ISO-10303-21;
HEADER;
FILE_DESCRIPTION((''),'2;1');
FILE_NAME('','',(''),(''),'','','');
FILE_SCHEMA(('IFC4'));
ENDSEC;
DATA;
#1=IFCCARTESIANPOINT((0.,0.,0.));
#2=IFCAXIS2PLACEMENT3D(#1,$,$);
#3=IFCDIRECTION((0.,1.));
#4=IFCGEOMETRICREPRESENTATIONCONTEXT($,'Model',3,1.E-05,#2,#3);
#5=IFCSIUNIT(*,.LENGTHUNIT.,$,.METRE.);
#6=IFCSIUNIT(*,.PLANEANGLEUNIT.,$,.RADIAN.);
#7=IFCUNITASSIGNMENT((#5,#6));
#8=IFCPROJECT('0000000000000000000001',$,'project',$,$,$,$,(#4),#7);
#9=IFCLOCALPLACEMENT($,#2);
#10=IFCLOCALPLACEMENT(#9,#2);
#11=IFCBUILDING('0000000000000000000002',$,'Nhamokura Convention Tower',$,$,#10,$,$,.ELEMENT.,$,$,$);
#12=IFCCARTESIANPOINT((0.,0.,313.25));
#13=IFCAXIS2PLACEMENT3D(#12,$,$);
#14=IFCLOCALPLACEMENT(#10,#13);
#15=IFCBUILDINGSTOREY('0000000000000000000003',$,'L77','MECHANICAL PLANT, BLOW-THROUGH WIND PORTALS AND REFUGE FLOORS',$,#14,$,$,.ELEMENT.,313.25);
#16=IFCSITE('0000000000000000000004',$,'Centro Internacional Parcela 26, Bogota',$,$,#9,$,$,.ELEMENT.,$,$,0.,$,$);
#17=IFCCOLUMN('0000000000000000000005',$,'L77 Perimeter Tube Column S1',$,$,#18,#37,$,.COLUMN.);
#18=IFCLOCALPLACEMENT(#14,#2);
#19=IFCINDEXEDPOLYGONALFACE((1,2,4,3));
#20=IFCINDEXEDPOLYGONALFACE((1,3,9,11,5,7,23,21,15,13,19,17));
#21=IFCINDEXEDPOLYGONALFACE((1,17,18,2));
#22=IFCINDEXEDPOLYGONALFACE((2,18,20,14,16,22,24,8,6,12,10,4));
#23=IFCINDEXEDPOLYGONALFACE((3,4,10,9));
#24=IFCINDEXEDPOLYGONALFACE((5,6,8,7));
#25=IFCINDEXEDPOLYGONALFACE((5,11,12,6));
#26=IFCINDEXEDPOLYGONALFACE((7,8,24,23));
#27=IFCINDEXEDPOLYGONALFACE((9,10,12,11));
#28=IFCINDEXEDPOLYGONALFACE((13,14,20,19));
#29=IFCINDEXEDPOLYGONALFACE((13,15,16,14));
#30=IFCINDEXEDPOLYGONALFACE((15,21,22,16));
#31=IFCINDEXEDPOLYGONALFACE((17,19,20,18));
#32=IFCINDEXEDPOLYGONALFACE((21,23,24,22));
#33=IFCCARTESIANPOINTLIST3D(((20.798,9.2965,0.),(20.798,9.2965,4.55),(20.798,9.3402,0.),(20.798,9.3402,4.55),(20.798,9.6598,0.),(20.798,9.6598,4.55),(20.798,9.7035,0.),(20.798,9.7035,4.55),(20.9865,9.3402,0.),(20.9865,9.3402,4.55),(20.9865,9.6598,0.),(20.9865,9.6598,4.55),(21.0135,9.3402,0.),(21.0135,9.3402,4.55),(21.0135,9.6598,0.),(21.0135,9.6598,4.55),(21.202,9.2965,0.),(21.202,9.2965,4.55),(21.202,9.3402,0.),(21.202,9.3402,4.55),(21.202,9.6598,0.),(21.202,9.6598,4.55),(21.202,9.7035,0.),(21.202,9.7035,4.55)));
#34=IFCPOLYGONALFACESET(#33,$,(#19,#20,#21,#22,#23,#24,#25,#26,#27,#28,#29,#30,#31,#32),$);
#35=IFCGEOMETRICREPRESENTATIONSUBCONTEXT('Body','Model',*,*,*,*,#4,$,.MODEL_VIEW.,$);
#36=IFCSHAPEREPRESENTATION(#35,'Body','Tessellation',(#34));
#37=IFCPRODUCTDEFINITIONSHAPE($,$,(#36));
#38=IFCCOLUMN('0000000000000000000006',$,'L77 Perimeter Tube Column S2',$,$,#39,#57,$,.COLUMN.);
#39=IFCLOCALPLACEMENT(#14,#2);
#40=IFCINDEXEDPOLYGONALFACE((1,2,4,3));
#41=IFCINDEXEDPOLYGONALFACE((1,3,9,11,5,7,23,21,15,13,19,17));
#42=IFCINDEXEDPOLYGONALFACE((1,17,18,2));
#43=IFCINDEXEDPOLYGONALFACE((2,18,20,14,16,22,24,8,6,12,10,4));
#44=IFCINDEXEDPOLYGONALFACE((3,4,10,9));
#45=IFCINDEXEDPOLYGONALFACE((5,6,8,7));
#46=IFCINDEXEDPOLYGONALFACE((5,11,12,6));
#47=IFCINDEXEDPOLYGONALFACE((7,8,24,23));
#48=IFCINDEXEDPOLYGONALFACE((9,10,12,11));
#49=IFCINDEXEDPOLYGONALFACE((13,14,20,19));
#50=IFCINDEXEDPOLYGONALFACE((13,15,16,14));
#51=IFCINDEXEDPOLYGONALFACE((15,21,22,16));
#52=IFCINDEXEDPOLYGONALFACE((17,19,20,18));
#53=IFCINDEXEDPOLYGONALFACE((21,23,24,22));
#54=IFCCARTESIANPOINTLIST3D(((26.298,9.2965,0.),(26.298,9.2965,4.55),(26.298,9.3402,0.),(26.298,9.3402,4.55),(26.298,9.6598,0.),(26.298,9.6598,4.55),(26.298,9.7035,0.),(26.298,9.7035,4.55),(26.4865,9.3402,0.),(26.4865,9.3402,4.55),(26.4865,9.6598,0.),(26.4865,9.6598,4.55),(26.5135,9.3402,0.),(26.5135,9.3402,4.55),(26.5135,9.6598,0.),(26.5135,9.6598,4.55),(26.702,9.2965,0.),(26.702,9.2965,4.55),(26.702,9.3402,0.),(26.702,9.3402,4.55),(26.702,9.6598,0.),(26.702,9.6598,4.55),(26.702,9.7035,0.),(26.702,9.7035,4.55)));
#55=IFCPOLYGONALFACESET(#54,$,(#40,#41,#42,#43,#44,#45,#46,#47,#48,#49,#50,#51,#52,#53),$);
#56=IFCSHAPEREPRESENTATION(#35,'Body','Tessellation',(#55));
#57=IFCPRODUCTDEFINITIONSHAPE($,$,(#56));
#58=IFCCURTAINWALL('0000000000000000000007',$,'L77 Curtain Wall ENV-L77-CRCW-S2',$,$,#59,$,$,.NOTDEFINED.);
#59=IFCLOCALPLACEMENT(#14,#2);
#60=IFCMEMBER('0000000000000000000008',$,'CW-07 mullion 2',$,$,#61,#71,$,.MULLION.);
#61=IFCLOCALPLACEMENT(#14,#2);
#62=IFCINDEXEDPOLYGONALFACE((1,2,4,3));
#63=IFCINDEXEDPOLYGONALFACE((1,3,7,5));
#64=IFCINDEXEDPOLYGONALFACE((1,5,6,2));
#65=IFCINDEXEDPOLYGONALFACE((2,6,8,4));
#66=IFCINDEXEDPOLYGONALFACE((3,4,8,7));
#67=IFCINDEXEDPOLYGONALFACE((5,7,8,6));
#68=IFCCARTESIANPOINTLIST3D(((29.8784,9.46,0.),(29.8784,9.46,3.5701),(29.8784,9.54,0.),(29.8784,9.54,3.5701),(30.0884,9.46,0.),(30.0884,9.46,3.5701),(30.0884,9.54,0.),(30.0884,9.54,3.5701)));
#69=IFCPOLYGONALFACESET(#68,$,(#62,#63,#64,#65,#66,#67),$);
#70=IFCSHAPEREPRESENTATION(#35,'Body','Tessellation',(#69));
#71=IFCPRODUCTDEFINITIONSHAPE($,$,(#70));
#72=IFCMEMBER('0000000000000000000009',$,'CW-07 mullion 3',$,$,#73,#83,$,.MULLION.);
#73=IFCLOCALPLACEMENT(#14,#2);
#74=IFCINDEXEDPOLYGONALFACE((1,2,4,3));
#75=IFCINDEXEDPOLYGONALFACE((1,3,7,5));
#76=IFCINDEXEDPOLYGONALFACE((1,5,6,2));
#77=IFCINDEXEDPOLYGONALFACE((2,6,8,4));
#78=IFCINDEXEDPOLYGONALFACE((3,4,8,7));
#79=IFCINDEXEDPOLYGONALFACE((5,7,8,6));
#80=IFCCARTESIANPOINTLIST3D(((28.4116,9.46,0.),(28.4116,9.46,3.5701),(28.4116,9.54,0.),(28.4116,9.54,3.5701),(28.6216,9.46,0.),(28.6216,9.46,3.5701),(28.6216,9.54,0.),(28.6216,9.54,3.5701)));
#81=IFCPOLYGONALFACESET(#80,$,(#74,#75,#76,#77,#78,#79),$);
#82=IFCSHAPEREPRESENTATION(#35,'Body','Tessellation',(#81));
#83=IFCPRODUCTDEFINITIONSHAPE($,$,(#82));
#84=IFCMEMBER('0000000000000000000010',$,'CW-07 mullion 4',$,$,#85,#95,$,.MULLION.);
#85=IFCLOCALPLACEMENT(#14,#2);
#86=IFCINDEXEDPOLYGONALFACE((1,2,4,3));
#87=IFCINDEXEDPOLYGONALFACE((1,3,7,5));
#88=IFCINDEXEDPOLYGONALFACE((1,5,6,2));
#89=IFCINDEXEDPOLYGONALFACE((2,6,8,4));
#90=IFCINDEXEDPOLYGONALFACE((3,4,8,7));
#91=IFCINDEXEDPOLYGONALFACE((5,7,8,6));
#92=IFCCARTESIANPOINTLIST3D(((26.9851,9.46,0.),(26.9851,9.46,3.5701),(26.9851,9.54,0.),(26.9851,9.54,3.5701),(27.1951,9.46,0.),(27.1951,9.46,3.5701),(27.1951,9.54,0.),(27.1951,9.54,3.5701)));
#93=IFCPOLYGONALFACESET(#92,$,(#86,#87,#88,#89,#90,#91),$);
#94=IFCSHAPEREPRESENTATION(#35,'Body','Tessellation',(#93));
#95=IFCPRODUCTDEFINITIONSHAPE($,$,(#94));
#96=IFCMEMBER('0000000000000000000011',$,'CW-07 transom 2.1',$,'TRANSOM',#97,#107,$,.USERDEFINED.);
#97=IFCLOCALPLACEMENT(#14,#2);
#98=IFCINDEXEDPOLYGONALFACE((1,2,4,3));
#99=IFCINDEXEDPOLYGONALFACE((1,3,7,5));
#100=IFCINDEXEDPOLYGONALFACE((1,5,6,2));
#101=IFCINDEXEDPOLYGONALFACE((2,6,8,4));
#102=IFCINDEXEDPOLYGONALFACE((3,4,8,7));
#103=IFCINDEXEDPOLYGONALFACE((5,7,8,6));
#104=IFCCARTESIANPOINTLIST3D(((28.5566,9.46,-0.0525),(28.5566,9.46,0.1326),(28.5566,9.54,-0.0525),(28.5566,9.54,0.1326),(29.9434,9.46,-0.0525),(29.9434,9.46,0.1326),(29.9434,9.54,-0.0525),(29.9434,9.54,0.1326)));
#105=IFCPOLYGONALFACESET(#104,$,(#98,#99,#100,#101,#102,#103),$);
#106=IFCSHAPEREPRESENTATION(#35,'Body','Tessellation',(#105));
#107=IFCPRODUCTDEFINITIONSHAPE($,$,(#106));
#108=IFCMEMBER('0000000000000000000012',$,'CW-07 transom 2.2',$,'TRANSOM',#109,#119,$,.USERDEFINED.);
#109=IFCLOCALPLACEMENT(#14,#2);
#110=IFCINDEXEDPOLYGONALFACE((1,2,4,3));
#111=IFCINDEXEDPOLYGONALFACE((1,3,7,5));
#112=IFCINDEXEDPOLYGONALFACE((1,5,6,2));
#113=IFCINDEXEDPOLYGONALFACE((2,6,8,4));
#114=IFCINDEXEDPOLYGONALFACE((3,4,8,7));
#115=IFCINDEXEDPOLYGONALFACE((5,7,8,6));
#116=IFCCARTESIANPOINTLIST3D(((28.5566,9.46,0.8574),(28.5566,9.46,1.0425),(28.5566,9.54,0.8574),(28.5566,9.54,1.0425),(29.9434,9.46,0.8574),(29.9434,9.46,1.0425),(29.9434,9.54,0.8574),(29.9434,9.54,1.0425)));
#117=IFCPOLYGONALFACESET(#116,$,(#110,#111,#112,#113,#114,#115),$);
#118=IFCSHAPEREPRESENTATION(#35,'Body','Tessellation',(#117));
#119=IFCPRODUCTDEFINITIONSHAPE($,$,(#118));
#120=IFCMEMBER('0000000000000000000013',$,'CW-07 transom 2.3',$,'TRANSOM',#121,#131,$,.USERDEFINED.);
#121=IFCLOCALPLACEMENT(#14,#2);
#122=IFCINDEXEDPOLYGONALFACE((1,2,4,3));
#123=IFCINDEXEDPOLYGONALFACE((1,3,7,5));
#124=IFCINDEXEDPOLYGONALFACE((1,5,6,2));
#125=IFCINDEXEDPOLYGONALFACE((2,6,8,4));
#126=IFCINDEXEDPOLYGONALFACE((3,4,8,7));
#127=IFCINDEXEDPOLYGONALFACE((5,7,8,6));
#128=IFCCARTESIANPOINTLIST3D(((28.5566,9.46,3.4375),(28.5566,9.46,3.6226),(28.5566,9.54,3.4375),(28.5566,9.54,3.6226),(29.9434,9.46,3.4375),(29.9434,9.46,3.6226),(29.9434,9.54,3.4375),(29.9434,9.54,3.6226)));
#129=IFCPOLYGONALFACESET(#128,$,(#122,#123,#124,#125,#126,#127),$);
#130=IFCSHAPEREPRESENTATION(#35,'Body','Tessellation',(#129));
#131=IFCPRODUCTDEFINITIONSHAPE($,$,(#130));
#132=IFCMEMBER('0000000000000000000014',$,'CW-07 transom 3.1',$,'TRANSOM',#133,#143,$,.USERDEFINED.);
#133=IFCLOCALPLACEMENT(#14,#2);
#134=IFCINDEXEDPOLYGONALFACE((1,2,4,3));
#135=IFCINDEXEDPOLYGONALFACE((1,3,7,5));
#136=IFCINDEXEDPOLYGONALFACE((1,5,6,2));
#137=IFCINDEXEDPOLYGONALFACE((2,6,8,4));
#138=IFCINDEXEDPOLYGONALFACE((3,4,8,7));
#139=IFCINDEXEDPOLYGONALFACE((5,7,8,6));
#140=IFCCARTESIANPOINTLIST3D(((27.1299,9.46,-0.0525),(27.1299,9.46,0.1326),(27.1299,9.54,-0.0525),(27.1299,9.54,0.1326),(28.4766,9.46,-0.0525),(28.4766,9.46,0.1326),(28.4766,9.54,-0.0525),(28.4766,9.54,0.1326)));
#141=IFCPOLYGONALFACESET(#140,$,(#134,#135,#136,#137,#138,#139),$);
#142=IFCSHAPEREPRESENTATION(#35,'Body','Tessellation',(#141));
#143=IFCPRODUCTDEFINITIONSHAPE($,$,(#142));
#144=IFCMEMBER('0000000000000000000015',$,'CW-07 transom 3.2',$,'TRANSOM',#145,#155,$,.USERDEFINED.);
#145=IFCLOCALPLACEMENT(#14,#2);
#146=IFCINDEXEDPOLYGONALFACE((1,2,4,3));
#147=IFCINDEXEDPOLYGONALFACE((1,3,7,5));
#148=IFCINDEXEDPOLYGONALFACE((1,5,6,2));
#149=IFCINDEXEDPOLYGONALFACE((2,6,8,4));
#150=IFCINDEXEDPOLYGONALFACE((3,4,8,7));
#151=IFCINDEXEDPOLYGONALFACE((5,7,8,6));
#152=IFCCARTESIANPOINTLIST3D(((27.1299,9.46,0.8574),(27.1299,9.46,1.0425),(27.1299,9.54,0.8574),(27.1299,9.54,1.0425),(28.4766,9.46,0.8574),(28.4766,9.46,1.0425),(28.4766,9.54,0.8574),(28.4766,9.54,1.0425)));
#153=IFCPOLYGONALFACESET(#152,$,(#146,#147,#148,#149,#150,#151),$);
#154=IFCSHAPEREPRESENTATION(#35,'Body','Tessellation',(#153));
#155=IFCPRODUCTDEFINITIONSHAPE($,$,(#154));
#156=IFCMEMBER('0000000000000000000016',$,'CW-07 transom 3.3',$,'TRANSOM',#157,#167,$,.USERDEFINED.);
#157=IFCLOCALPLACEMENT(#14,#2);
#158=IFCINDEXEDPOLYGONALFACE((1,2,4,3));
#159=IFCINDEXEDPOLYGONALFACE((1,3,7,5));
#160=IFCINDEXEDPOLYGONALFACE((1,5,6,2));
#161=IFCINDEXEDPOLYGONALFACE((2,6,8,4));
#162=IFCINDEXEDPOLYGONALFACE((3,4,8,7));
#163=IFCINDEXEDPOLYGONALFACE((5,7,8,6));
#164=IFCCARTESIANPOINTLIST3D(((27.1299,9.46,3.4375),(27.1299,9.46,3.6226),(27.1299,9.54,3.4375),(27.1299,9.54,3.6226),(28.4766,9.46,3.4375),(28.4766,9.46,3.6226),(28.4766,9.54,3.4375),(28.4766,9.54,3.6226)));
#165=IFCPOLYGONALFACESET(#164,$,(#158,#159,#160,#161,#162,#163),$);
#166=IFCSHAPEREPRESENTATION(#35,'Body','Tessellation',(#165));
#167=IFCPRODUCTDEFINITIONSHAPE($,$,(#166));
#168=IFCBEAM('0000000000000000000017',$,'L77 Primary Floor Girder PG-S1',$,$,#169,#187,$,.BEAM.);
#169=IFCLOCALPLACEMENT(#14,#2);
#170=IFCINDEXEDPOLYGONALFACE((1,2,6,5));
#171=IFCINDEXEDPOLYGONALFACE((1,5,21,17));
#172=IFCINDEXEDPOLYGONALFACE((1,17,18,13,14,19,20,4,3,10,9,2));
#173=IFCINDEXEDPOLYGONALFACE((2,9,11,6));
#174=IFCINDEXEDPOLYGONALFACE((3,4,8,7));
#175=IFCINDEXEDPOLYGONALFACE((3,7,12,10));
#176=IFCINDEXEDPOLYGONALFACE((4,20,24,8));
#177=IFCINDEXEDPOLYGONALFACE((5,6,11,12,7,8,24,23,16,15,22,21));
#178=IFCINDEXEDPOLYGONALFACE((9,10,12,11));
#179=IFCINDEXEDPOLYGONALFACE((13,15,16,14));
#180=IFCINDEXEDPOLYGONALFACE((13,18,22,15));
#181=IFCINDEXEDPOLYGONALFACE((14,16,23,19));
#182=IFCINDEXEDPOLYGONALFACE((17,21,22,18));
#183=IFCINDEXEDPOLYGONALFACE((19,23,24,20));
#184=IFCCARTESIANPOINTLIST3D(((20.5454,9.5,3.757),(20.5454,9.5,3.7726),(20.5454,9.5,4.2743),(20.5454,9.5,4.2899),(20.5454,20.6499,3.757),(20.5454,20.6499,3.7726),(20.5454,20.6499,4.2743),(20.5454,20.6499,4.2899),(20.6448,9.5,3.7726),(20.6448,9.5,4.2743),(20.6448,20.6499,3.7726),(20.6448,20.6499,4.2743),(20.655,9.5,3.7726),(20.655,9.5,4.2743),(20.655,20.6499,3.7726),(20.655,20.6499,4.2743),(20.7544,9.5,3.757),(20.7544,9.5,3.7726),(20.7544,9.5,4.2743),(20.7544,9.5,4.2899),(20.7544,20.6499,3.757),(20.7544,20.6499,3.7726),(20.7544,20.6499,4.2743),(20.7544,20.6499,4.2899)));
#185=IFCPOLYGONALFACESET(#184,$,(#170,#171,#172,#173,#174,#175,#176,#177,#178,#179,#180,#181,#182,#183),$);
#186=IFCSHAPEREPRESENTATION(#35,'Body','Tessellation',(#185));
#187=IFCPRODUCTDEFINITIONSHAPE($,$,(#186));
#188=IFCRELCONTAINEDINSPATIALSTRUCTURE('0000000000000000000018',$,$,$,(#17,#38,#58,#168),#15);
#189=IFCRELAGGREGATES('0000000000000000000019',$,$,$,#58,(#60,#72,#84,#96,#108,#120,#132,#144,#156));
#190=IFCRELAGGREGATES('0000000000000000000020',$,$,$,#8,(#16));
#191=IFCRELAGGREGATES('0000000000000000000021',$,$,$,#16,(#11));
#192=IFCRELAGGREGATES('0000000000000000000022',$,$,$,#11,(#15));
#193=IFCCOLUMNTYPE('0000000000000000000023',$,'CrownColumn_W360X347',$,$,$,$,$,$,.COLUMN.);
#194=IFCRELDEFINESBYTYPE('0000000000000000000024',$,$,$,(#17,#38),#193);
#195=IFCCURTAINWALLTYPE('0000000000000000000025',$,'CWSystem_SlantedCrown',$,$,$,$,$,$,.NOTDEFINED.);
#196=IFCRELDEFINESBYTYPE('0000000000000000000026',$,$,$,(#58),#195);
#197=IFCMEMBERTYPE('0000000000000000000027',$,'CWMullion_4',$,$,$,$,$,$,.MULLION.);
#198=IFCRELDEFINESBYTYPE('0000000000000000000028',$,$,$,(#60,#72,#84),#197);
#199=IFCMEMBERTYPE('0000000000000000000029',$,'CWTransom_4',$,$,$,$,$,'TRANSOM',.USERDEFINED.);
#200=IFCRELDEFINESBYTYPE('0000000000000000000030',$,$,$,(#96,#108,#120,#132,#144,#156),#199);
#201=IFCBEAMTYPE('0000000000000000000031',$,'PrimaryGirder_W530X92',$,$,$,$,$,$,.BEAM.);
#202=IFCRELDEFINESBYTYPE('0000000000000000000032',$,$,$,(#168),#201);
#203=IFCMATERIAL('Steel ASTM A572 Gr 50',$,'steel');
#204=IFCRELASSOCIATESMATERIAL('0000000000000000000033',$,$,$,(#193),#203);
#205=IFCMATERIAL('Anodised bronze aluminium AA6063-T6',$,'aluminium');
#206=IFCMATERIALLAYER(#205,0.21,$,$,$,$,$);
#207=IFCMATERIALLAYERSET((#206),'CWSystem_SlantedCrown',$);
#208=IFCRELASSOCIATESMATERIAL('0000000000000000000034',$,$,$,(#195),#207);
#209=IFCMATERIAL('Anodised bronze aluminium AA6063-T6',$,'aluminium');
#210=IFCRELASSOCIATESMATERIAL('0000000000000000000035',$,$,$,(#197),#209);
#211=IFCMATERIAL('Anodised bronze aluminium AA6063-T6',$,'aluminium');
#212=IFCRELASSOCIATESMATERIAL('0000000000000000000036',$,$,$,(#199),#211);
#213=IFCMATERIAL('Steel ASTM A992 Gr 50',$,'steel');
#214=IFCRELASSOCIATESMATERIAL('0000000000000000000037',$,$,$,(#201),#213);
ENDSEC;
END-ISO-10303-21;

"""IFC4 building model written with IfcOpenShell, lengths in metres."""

from ifc_helpers import new_model, si_unit, direction, frame, origin, origin_2d, place, context, subcontext, project, spatial, rectangle, i_section, extrude, material, layer, layer_set, material_profile, profile_set, type_object, element, aggregate, save


model = new_model("IFC4")

# Units and contexts
model_context = context("Model", 3, precision=1e-05, world=origin(), true_north=direction((0.0, 1.0)))
body_context = subcontext(model_context, "Body", "Model", "MODEL_VIEW")
ifc_project = project(units=[si_unit("LENGTHUNIT", "METRE"), si_unit("PLANEANGLEUNIT", "RADIAN")], contexts=[model_context])

# Site, building, storey
site_placement = place(None, origin())
site = spatial("IfcSite", under=ifc_project, at=site_placement, Name="Centro Internacional Parcela 26, Bogota", CompositionType="ELEMENT", RefElevation=0.0)
building_placement = place(site_placement, origin())
building = spatial("IfcBuilding", under=site, at=building_placement, Name="Nhamokura Convention Tower", CompositionType="ELEMENT")
storey_placement = place(building_placement, frame((0.0, 0.0, 313.25)))
storey = spatial("IfcBuildingStorey", under=building, at=storey_placement, Name="L77", Description="MECHANICAL PLANT, BLOW-THROUGH WIND PORTALS AND REFUGE FLOORS", CompositionType="ELEMENT", Elevation=313.25)

# Columns
ifc_material_1 = material(Name="Steel ASTM A572 Gr 50", Category="steel")
ifc_material_profile_1 = material_profile(ifc_material_1, i_section(OverallWidth=0.4041, OverallDepth=0.407, WebThickness=0.0271, FlangeThickness=0.0437, at=origin_2d()))
ifc_profile_set_1 = profile_set([ifc_material_profile_1], Name="Steel ASTM A572 Gr 50")
column_type = type_object("IfcColumnType", Name="CrownColumn_W360X347", PredefinedType="COLUMN", material=ifc_profile_set_1)
for number, where, z_axis, x_axis, name in (
    (1, (21.0, 9.5, 0.0), (0.0, 0.0, 1.0), (1.0, 0.0, 0.0), "L77 Perimeter Tube Column S1"),
    (2, (26.5, 9.5, 0.0), (0.0, 0.0, 1.0), (1.0, 0.0, 0.0), "L77 Perimeter Tube Column S2"),
):
    element("IfcColumn", number, at=place(storey_placement, frame(where, z_axis=z_axis, x_axis=x_axis)), inside=storey, type_object=column_type, Name=name, PredefinedType="COLUMN", context=body_context, shape_type="SweptSolid", body=[
        extrude(i_section(OverallWidth=0.4041, OverallDepth=0.407, WebThickness=0.0271, FlangeThickness=0.0437, at=origin_2d()), origin(), (0.0, 0.0, 1.0), 4.55),
    ])

# Curtain wall, members
ifc_material_2 = material(Name="Anodised bronze aluminium AA6063-T6", Category="aluminium")
ifc_layer_1 = layer(ifc_material_2, 0.21)
ifc_layer_set_1 = layer_set([ifc_layer_1], Name="CWSystem_SlantedCrown")
curtain_wall_type = type_object("IfcCurtainWallType", Name="CWSystem_SlantedCrown", PredefinedType="NOTDEFINED", material=ifc_layer_set_1)
curtain_wall_placement = place(storey_placement, origin())
curtain_wall = element("IfcCurtainWall", 3, at=curtain_wall_placement, inside=storey, type_object=curtain_wall_type, Name="L77 Curtain Wall ENV-L77-CRCW-S2", PredefinedType="NOTDEFINED")
ifc_material_3 = material(Name="Anodised bronze aluminium AA6063-T6", Category="aluminium")
ifc_material_profile_2 = material_profile(ifc_material_3, rectangle(XDim=0.0801, YDim=0.21, at=origin_2d()))
ifc_profile_set_2 = profile_set([ifc_material_profile_2], Name="Anodised bronze aluminium AA6063-T6")
member_type_1 = type_object("IfcMemberType", Name="CWMullion_4", PredefinedType="MULLION", material=ifc_profile_set_2)
member_1_placement = place(storey_placement, frame((29.9834, 9.5, 0.0), z_axis=(0.0, 0.0, 1.0), x_axis=(0.0, -1.0, 0.0)))
member_1 = element("IfcMember", 4, at=member_1_placement, type_object=member_type_1, Name="CW-07 mullion 2", PredefinedType="MULLION", context=body_context, shape_type="SweptSolid", body=[
    extrude(rectangle(XDim=0.0801, YDim=0.21, at=origin_2d()), origin(), (0.0, 0.0, 1.0), 3.5701),
])
member_2_placement = place(storey_placement, frame((28.5166, 9.5, 0.0), z_axis=(0.0, 0.0, 1.0), x_axis=(0.0, -1.0, 0.0)))
member_2 = element("IfcMember", 5, at=member_2_placement, type_object=member_type_1, Name="CW-07 mullion 3", PredefinedType="MULLION", context=body_context, shape_type="SweptSolid", body=[
    extrude(rectangle(XDim=0.0801, YDim=0.21, at=origin_2d()), origin(), (0.0, 0.0, 1.0), 3.5701),
])
member_3_placement = place(storey_placement, frame((27.0901, 9.5, 0.0), z_axis=(0.0, 0.0, 1.0), x_axis=(0.0, -1.0, 0.0)))
member_3 = element("IfcMember", 6, at=member_3_placement, type_object=member_type_1, Name="CW-07 mullion 4", PredefinedType="MULLION", context=body_context, shape_type="SweptSolid", body=[
    extrude(rectangle(XDim=0.0801, YDim=0.21, at=origin_2d()), origin(), (0.0, 0.0, 1.0), 3.5701),
])
ifc_material_4 = material(Name="Anodised bronze aluminium AA6063-T6", Category="aluminium")
ifc_material_profile_3 = material_profile(ifc_material_4, rectangle(XDim=0.0801, YDim=0.1851, at=origin_2d()))
ifc_profile_set_3 = profile_set([ifc_material_profile_3], Name="Anodised bronze aluminium AA6063-T6")
member_type_2 = type_object("IfcMemberType", Name="CWTransom_4", ElementType="TRANSOM", PredefinedType="USERDEFINED", material=ifc_profile_set_3)
member_4_placement = place(storey_placement, frame((29.9434, 9.5, 0.04), z_axis=(-1.0, 0.0, 0.0), x_axis=(0.0, -1.0, 0.0)))
member_4 = element("IfcMember", 7, at=member_4_placement, type_object=member_type_2, Name="CW-07 transom 2.1", ObjectType="TRANSOM", PredefinedType="USERDEFINED", context=body_context, shape_type="SweptSolid", body=[
    extrude(rectangle(XDim=0.0801, YDim=0.1851, at=origin_2d()), origin(), (0.0, 0.0, 1.0), 1.3867),
])
member_5_placement = place(storey_placement, frame((29.9434, 9.5, 0.95), z_axis=(-1.0, 0.0, 0.0), x_axis=(0.0, -1.0, 0.0)))
member_5 = element("IfcMember", 8, at=member_5_placement, type_object=member_type_2, Name="CW-07 transom 2.2", ObjectType="TRANSOM", PredefinedType="USERDEFINED", context=body_context, shape_type="SweptSolid", body=[
    extrude(rectangle(XDim=0.0801, YDim=0.1851, at=origin_2d()), origin(), (0.0, 0.0, 1.0), 1.3867),
])
member_6_placement = place(storey_placement, frame((29.9434, 9.5, 3.53), z_axis=(-1.0, 0.0, 0.0), x_axis=(0.0, -1.0, 0.0)))
member_6 = element("IfcMember", 9, at=member_6_placement, type_object=member_type_2, Name="CW-07 transom 2.3", ObjectType="TRANSOM", PredefinedType="USERDEFINED", context=body_context, shape_type="SweptSolid", body=[
    extrude(rectangle(XDim=0.0801, YDim=0.1851, at=origin_2d()), origin(), (0.0, 0.0, 1.0), 1.3867),
])
member_7_placement = place(storey_placement, frame((28.4766, 9.5, 0.04), z_axis=(-1.0, 0.0, 0.0), x_axis=(0.0, -1.0, 0.0)))
member_7 = element("IfcMember", 10, at=member_7_placement, type_object=member_type_2, Name="CW-07 transom 3.1", ObjectType="TRANSOM", PredefinedType="USERDEFINED", context=body_context, shape_type="SweptSolid", body=[
    extrude(rectangle(XDim=0.0801, YDim=0.1851, at=origin_2d()), origin(), (0.0, 0.0, 1.0), 1.3467),
])
member_8_placement = place(storey_placement, frame((28.4766, 9.5, 0.95), z_axis=(-1.0, 0.0, 0.0), x_axis=(0.0, -1.0, 0.0)))
member_8 = element("IfcMember", 11, at=member_8_placement, type_object=member_type_2, Name="CW-07 transom 3.2", ObjectType="TRANSOM", PredefinedType="USERDEFINED", context=body_context, shape_type="SweptSolid", body=[
    extrude(rectangle(XDim=0.0801, YDim=0.1851, at=origin_2d()), origin(), (0.0, 0.0, 1.0), 1.3467),
])
member_9_placement = place(storey_placement, frame((28.4766, 9.5, 3.53), z_axis=(-1.0, 0.0, 0.0), x_axis=(0.0, -1.0, 0.0)))
member_9 = element("IfcMember", 12, at=member_9_placement, type_object=member_type_2, Name="CW-07 transom 3.3", ObjectType="TRANSOM", PredefinedType="USERDEFINED", context=body_context, shape_type="SweptSolid", body=[
    extrude(rectangle(XDim=0.0801, YDim=0.1851, at=origin_2d()), origin(), (0.0, 0.0, 1.0), 1.3467),
])

# Beam
ifc_material_5 = material(Name="Steel ASTM A992 Gr 50", Category="steel")
ifc_material_profile_4 = material_profile(ifc_material_5, i_section(OverallWidth=0.209, OverallDepth=0.533, WebThickness=0.0103, FlangeThickness=0.0156, at=origin_2d()))
ifc_profile_set_4 = profile_set([ifc_material_profile_4], Name="Steel ASTM A992 Gr 50")
beam_type_1 = type_object("IfcBeamType", Name="PrimaryGirder_W530X92", PredefinedType="BEAM", material=ifc_profile_set_4)
beam_placement = place(storey_placement, frame((20.6499, 9.5, 4.0234), z_axis=(0.0, 1.0, 0.0), x_axis=(-1.0, 0.0, 0.0)))
element("IfcBeam", 13, at=beam_placement, inside=storey, type_object=beam_type_1, Name="L77 Primary Floor Girder PG-S1", PredefinedType="BEAM", context=body_context, shape_type="SweptSolid", body=[
    extrude(i_section(OverallWidth=0.209, OverallDepth=0.533, WebThickness=0.0103, FlangeThickness=0.0156, at=origin_2d()), origin(), (0.0, 0.0, 1.0), 11.1499),
])

aggregate(curtain_wall, [member_1, member_2, member_3, member_4, member_5, member_6, member_7, member_8, member_9])

save(model, "model.ifc")
